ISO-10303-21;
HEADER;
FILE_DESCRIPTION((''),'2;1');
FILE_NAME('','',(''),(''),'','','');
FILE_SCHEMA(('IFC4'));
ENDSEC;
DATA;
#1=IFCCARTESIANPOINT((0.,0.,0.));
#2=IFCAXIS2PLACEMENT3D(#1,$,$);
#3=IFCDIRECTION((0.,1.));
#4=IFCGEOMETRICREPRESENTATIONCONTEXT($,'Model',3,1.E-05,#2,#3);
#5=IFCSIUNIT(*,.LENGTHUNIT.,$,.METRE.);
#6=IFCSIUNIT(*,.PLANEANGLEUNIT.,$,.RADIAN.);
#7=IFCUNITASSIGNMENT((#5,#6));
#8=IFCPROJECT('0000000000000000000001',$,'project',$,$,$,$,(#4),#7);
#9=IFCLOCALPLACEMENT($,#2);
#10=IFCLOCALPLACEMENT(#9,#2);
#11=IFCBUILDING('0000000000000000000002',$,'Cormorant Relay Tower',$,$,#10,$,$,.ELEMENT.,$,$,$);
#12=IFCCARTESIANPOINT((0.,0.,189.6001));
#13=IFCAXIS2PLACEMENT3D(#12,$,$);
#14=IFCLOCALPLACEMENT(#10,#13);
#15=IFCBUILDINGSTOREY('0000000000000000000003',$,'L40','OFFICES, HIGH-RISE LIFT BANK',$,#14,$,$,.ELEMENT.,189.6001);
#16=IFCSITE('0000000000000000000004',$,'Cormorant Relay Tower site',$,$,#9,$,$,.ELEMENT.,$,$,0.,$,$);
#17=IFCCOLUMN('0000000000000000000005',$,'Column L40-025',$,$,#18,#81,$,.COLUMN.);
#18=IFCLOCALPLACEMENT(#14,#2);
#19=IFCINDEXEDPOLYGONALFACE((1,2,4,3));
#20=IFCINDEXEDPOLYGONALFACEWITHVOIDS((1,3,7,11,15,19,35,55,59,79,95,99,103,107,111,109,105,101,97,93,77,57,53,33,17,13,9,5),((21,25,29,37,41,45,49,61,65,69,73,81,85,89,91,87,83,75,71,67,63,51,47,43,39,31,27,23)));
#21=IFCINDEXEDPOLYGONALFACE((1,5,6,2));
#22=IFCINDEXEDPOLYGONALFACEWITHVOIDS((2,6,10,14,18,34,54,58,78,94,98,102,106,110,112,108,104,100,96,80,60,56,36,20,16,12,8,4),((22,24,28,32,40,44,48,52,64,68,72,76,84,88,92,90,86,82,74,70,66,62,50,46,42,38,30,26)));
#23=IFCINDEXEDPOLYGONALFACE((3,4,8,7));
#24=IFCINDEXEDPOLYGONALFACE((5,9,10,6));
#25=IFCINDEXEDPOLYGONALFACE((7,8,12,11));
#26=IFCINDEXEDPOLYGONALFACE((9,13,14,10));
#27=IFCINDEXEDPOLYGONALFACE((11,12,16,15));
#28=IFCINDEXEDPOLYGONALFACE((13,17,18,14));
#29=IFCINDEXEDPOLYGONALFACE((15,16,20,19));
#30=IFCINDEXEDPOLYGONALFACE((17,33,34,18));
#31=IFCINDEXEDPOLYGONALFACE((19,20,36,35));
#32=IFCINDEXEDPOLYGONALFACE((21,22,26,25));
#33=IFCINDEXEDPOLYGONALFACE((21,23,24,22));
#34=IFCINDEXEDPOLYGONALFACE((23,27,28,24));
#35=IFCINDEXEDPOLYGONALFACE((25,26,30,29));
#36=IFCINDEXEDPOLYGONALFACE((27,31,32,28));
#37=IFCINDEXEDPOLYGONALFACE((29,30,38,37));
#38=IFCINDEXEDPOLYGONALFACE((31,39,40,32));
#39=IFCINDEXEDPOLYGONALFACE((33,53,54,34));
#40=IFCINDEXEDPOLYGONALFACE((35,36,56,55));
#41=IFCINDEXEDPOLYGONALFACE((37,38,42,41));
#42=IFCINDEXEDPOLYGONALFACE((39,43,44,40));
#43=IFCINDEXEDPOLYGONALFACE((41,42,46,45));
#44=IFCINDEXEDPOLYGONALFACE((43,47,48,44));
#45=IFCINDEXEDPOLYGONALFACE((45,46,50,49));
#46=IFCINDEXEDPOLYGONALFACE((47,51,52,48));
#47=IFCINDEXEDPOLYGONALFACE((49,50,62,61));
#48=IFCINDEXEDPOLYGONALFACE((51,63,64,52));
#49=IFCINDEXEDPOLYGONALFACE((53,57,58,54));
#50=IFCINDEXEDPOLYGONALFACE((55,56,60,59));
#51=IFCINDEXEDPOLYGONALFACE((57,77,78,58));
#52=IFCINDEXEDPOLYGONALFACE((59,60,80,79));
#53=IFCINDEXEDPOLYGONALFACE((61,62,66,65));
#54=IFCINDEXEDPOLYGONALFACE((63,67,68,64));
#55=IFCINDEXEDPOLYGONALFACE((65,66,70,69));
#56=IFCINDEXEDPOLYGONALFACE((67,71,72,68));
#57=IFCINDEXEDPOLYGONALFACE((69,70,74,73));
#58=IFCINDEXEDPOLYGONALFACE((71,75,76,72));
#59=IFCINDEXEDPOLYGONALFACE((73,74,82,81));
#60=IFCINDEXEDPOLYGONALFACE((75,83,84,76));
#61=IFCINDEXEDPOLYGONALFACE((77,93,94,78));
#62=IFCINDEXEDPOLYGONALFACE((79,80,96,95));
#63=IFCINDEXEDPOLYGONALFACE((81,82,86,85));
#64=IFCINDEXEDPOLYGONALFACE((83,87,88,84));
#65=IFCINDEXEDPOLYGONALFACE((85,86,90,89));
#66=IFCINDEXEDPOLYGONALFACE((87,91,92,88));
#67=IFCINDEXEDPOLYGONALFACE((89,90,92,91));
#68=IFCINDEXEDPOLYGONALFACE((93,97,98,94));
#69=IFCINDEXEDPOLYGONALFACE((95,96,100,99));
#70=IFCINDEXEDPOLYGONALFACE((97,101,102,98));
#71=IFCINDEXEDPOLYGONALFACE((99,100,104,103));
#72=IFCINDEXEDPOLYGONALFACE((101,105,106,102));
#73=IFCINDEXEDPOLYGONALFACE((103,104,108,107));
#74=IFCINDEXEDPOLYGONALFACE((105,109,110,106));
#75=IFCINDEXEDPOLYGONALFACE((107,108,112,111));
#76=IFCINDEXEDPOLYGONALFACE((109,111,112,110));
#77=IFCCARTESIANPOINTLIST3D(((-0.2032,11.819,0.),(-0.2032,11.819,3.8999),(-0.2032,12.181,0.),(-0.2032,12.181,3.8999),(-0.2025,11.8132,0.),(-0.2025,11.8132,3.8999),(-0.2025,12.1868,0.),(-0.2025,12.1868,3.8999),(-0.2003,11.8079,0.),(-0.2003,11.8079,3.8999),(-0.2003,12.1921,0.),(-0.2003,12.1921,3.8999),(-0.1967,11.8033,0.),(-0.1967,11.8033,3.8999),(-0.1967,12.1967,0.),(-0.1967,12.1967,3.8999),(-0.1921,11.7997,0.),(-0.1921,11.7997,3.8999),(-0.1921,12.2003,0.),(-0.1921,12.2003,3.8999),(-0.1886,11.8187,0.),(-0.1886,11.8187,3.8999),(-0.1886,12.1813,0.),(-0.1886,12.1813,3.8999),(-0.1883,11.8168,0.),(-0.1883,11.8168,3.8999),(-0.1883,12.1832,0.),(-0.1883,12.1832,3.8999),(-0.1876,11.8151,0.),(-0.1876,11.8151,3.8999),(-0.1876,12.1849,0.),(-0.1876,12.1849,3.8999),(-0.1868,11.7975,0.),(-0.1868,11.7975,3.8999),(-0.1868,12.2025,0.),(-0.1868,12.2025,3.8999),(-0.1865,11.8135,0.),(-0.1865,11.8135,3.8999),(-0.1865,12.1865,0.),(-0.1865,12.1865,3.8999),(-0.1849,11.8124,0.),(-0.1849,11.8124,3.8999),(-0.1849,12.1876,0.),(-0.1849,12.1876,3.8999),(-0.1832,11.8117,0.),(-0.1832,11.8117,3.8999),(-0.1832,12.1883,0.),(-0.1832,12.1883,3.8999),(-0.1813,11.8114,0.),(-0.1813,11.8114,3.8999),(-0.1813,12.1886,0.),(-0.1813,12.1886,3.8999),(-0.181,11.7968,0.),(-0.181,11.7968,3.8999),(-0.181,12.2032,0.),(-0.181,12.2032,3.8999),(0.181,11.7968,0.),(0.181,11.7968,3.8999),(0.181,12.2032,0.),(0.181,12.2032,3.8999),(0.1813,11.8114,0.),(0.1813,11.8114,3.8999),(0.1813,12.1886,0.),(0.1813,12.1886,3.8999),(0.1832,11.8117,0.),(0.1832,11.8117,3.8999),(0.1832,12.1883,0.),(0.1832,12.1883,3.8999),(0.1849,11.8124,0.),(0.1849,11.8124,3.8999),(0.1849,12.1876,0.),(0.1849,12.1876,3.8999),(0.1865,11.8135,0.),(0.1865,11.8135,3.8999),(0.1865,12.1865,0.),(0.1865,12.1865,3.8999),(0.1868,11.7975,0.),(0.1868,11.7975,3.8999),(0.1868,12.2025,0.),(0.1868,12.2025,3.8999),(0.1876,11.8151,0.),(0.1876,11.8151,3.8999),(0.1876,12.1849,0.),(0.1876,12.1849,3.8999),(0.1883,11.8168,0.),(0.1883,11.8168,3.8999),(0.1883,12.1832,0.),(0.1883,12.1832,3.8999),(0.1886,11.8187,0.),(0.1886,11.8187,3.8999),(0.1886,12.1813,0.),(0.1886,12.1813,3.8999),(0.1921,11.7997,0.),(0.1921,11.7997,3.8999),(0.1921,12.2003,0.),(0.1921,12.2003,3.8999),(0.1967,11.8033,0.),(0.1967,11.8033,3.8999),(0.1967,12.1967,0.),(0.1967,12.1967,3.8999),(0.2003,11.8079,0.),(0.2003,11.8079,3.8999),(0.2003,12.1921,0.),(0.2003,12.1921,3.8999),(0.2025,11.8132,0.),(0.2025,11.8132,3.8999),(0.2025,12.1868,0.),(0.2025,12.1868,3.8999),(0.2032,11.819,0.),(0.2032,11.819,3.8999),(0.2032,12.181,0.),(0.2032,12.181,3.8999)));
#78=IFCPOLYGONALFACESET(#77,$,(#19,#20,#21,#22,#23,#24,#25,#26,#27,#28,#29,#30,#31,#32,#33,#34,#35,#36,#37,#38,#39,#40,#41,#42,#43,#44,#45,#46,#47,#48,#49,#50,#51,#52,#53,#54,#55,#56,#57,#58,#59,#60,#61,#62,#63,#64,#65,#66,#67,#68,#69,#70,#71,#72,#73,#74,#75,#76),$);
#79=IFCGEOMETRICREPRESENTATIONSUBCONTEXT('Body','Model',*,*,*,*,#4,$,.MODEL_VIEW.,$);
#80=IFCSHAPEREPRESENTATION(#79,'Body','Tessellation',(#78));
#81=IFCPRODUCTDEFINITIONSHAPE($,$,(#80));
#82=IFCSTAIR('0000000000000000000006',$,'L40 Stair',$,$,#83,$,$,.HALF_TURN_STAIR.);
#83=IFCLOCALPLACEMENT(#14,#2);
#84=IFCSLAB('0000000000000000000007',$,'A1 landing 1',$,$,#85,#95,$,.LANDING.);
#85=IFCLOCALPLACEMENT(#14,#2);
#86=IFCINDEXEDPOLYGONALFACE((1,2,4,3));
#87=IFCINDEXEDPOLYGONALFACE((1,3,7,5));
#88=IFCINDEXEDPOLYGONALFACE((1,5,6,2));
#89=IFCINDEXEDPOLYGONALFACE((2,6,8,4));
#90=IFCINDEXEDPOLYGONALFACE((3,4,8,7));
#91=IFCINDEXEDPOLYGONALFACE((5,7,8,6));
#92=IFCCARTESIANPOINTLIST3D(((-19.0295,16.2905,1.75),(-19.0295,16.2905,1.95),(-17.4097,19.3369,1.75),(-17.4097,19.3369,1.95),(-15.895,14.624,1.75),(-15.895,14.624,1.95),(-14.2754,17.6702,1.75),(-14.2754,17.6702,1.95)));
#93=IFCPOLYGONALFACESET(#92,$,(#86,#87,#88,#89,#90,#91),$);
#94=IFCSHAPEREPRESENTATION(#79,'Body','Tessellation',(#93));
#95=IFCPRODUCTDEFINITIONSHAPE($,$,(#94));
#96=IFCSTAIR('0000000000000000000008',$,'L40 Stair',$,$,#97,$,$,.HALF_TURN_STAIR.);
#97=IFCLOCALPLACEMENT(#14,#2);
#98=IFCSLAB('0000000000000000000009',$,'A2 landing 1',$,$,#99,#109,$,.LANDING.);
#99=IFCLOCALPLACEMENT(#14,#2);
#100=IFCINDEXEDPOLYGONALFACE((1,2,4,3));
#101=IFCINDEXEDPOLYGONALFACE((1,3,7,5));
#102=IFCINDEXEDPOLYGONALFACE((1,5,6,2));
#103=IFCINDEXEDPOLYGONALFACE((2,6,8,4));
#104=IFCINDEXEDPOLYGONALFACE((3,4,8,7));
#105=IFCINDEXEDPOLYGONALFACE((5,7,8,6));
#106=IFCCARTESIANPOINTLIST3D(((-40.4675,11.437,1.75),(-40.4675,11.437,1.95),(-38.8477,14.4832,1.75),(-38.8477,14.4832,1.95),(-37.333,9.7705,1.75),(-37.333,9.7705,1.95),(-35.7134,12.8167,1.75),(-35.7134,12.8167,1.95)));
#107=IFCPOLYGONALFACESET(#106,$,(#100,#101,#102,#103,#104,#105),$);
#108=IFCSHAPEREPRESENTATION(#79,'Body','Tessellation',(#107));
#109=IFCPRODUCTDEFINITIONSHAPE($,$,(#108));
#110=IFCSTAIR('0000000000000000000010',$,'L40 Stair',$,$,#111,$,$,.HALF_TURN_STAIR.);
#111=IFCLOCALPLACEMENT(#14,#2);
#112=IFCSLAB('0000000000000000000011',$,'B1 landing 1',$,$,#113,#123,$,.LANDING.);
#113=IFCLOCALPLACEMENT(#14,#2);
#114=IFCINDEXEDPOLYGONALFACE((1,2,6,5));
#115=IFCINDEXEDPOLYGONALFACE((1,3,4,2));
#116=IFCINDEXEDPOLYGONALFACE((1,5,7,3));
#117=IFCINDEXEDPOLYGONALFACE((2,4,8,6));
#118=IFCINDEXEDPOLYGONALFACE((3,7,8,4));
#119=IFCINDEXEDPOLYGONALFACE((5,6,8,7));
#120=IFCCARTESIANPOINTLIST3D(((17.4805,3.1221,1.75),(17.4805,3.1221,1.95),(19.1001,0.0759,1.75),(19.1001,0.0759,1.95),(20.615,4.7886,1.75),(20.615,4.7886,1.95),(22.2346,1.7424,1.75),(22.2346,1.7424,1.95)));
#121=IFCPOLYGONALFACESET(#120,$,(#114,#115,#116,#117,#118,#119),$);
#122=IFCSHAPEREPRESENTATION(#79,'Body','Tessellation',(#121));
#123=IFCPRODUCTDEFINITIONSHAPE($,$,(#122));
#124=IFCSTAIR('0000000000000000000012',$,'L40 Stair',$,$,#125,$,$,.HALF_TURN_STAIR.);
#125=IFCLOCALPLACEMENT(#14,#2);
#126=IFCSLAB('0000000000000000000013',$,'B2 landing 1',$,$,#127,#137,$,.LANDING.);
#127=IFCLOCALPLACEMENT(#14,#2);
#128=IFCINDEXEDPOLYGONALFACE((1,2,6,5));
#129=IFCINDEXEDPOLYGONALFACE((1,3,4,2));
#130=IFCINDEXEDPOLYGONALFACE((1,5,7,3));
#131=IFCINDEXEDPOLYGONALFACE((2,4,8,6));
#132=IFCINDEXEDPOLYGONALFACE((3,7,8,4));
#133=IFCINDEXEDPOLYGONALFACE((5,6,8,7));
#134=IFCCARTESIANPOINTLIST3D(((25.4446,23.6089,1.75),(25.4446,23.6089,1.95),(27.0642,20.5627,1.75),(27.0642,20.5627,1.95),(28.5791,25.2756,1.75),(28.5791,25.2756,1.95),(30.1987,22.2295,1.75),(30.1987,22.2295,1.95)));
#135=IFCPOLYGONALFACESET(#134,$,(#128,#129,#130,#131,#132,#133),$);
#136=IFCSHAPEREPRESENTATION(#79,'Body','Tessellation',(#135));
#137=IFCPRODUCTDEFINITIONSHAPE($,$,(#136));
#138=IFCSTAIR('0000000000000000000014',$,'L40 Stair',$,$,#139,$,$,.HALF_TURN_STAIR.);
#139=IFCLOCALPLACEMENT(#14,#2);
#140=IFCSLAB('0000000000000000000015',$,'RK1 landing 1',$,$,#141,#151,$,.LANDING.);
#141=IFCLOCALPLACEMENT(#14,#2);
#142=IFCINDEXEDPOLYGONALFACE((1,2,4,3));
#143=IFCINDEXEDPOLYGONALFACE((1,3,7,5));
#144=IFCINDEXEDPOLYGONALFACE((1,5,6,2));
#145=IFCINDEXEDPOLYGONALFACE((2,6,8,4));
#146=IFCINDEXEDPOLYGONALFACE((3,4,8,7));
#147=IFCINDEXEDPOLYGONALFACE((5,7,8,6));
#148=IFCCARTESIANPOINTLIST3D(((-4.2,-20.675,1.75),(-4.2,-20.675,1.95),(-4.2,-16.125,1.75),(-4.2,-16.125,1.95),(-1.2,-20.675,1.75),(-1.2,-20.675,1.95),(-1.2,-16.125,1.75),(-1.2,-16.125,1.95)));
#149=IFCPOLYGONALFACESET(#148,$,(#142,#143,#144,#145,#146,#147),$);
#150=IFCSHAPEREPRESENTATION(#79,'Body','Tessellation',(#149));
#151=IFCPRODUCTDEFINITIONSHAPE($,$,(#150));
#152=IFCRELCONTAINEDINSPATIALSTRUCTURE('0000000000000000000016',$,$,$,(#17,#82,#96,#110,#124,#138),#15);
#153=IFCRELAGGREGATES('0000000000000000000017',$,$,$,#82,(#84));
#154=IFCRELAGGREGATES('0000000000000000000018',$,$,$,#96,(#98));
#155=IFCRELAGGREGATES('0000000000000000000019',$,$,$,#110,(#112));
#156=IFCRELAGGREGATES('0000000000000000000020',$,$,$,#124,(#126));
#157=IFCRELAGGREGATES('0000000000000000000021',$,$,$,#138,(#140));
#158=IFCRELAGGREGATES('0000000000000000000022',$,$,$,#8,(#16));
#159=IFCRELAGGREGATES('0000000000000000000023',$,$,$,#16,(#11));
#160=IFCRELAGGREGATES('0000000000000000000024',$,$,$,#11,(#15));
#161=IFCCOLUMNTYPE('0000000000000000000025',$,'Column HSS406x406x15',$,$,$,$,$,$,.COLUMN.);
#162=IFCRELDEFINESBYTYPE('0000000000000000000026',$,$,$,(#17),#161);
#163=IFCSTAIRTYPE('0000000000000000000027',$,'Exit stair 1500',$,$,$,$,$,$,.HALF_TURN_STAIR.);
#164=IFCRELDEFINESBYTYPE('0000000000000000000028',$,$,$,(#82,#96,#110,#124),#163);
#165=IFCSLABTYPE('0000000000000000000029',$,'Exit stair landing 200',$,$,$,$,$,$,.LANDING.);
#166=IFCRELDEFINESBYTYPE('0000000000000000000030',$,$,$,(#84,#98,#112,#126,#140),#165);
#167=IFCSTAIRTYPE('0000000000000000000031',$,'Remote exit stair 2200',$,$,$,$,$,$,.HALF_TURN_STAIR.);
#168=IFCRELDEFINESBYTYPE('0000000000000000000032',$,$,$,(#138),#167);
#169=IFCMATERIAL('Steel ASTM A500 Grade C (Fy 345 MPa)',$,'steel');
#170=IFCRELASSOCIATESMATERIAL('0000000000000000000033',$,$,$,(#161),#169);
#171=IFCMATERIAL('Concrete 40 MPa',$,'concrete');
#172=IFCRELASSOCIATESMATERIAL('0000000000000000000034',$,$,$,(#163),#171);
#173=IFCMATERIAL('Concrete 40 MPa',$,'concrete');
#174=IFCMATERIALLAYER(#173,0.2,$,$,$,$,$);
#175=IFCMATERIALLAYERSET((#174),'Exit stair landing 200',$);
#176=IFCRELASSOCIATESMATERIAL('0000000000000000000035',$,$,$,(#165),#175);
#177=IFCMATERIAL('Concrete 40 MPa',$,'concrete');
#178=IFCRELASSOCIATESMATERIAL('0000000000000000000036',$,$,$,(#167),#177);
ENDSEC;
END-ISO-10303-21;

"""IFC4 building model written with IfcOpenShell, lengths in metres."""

from ifc_helpers import new_model, si_unit, direction, frame, origin, origin_2d, place, context, subcontext, project, spatial, polyline, hollow_rectangle, outline, extrude, material, layer, layer_set, material_profile, profile_set, type_object, element, aggregate, save


model = new_model("IFC4")

# Units and contexts
model_context = context("Model", 3, precision=1e-05, world=origin(), true_north=direction((0.0, 1.0)))
body_context = subcontext(model_context, "Body", "Model", "MODEL_VIEW")
ifc_project = project(units=[si_unit("LENGTHUNIT", "METRE"), si_unit("PLANEANGLEUNIT", "RADIAN")], contexts=[model_context])

# Site, building, storey
site_placement = place(None, origin())
site = spatial("IfcSite", under=ifc_project, at=site_placement, Name="Cormorant Relay Tower site", CompositionType="ELEMENT", RefElevation=0.0)
building_placement = place(site_placement, origin())
building = spatial("IfcBuilding", under=site, at=building_placement, Name="Cormorant Relay Tower", CompositionType="ELEMENT")
storey_placement = place(building_placement, frame((0.0, 0.0, 189.6001)))
storey = spatial("IfcBuildingStorey", under=building, at=storey_placement, Name="L40", Description="OFFICES, HIGH-RISE LIFT BANK", CompositionType="ELEMENT", Elevation=189.6001)

# Column
ifc_material_1 = material(Name="Steel ASTM A500 Grade C (Fy 345 MPa)", Category="steel")
ifc_material_profile = material_profile(ifc_material_1, hollow_rectangle(XDim=0.4065, YDim=0.4065, WallThickness=0.0146, InnerFilletRadius=0.0073, OuterFilletRadius=0.0222, at=origin_2d()), Name="HSS406x406x15")
ifc_profile_set = profile_set([ifc_material_profile], Name="Steel ASTM A500 Grade C (Fy 345 MPa)")
column_type = type_object("IfcColumnType", Name="Column HSS406x406x15", PredefinedType="COLUMN", material=ifc_profile_set)
for number, where, z_axis, x_axis, name in (
    (1, (0.0, 12.0, 0.0), (0.0, 0.0, 1.0), (1.0, 0.0, 0.0), "Column L40-025"),
):
    element("IfcColumn", number, at=place(storey_placement, frame(where, z_axis=z_axis, x_axis=x_axis)), inside=storey, type_object=column_type, Name=name, PredefinedType="COLUMN", context=body_context, shape_type="SweptSolid", body=[
        extrude(hollow_rectangle(XDim=0.4065, YDim=0.4065, WallThickness=0.0146, InnerFilletRadius=0.0073, OuterFilletRadius=0.0222, at=origin_2d()), origin(), (0.0, 0.0, 1.0), 3.8999),
    ])

# Stairs, slabs
ifc_material_2 = material(Name="Concrete 40 MPa", Category="concrete")
stair_type_1 = type_object("IfcStairType", Name="Exit stair 1500", PredefinedType="HALF_TURN_STAIR", material=ifc_material_2)
stair_1_placement = place(storey_placement, origin())
stair_1 = element("IfcStair", 2, at=stair_1_placement, inside=storey, type_object=stair_type_1, Name="L40 Stair", PredefinedType="HALF_TURN_STAIR")
ifc_material_3 = material(Name="Concrete 40 MPa", Category="concrete")
ifc_layer_1 = layer(ifc_material_3, 0.2)
ifc_layer_set_1 = layer_set([ifc_layer_1], Name="Exit stair landing 200")
slab_type_1 = type_object("IfcSlabType", Name="Exit stair landing 200", PredefinedType="LANDING", material=ifc_layer_set_1)
slab_1_placement = place(storey_placement, frame((0.0, 0.0, 1.75)))
slab_1 = element("IfcSlab", 3, at=slab_1_placement, type_object=slab_type_1, Name="A1 landing 1", PredefinedType="LANDING", context=body_context, shape_type="SweptSolid", body=[
    extrude(outline(polyline([(-19.0295, 16.2905), (-15.895, 14.624), (-14.2754, 17.6702), (-17.4097, 19.3369), (-19.0295, 16.2905)])), origin(), (0.0, 0.0, 1.0), 0.2),
])
aggregate(stair_1, [slab_1])
stair_2_placement = place(storey_placement, origin())
stair_2 = element("IfcStair", 4, at=stair_2_placement, inside=storey, type_object=stair_type_1, Name="L40 Stair", PredefinedType="HALF_TURN_STAIR")
slab_2_placement = place(storey_placement, frame((0.0, 0.0, 1.75)))
slab_2 = element("IfcSlab", 5, at=slab_2_placement, type_object=slab_type_1, Name="A2 landing 1", PredefinedType="LANDING", context=body_context, shape_type="SweptSolid", body=[
    extrude(outline(polyline([(-35.7134, 12.8167), (-38.8477, 14.4832), (-40.4675, 11.437), (-37.333, 9.7705), (-35.7134, 12.8167)])), origin(), (0.0, 0.0, 1.0), 0.2),
])
aggregate(stair_2, [slab_2])
stair_3_placement = place(storey_placement, origin())
stair_3 = element("IfcStair", 6, at=stair_3_placement, inside=storey, type_object=stair_type_1, Name="L40 Stair", PredefinedType="HALF_TURN_STAIR")
slab_3_placement = place(storey_placement, frame((0.0, 0.0, 1.75)))
slab_3 = element("IfcSlab", 7, at=slab_3_placement, type_object=slab_type_1, Name="B1 landing 1", PredefinedType="LANDING", context=body_context, shape_type="SweptSolid", body=[
    extrude(outline(polyline([(20.615, 4.7886), (17.4805, 3.1221), (19.1001, 0.0759), (22.2346, 1.7424), (20.615, 4.7886)])), origin(), (0.0, 0.0, 1.0), 0.2),
])
aggregate(stair_3, [slab_3])
stair_4_placement = place(storey_placement, origin())
stair_4 = element("IfcStair", 8, at=stair_4_placement, inside=storey, type_object=stair_type_1, Name="L40 Stair", PredefinedType="HALF_TURN_STAIR")
slab_4_placement = place(storey_placement, frame((0.0, 0.0, 1.75)))
slab_4 = element("IfcSlab", 9, at=slab_4_placement, type_object=slab_type_1, Name="B2 landing 1", PredefinedType="LANDING", context=body_context, shape_type="SweptSolid", body=[
    extrude(outline(polyline([(27.0642, 20.5627), (30.1987, 22.2295), (28.5791, 25.2756), (25.4446, 23.6089), (27.0642, 20.5627)])), origin(), (0.0, 0.0, 1.0), 0.2),
])
aggregate(stair_4, [slab_4])
ifc_material_4 = material(Name="Concrete 40 MPa", Category="concrete")
stair_type_2 = type_object("IfcStairType", Name="Remote exit stair 2200", PredefinedType="HALF_TURN_STAIR", material=ifc_material_4)
stair_5_placement = place(storey_placement, origin())
stair_5 = element("IfcStair", 10, at=stair_5_placement, inside=storey, type_object=stair_type_2, Name="L40 Stair", PredefinedType="HALF_TURN_STAIR")
slab_5_placement = place(storey_placement, frame((0.0, 0.0, 1.75)))
slab_5 = element("IfcSlab", 11, at=slab_5_placement, type_object=slab_type_1, Name="RK1 landing 1", PredefinedType="LANDING", context=body_context, shape_type="SweptSolid", body=[
    extrude(outline(polyline([(-1.2, -16.125), (-4.2, -16.125), (-4.2, -20.675), (-1.2, -20.675), (-1.2, -16.125)])), origin(), (0.0, 0.0, 1.0), 0.2),
])
aggregate(stair_5, [slab_5])

save(model, "model.ifc")
